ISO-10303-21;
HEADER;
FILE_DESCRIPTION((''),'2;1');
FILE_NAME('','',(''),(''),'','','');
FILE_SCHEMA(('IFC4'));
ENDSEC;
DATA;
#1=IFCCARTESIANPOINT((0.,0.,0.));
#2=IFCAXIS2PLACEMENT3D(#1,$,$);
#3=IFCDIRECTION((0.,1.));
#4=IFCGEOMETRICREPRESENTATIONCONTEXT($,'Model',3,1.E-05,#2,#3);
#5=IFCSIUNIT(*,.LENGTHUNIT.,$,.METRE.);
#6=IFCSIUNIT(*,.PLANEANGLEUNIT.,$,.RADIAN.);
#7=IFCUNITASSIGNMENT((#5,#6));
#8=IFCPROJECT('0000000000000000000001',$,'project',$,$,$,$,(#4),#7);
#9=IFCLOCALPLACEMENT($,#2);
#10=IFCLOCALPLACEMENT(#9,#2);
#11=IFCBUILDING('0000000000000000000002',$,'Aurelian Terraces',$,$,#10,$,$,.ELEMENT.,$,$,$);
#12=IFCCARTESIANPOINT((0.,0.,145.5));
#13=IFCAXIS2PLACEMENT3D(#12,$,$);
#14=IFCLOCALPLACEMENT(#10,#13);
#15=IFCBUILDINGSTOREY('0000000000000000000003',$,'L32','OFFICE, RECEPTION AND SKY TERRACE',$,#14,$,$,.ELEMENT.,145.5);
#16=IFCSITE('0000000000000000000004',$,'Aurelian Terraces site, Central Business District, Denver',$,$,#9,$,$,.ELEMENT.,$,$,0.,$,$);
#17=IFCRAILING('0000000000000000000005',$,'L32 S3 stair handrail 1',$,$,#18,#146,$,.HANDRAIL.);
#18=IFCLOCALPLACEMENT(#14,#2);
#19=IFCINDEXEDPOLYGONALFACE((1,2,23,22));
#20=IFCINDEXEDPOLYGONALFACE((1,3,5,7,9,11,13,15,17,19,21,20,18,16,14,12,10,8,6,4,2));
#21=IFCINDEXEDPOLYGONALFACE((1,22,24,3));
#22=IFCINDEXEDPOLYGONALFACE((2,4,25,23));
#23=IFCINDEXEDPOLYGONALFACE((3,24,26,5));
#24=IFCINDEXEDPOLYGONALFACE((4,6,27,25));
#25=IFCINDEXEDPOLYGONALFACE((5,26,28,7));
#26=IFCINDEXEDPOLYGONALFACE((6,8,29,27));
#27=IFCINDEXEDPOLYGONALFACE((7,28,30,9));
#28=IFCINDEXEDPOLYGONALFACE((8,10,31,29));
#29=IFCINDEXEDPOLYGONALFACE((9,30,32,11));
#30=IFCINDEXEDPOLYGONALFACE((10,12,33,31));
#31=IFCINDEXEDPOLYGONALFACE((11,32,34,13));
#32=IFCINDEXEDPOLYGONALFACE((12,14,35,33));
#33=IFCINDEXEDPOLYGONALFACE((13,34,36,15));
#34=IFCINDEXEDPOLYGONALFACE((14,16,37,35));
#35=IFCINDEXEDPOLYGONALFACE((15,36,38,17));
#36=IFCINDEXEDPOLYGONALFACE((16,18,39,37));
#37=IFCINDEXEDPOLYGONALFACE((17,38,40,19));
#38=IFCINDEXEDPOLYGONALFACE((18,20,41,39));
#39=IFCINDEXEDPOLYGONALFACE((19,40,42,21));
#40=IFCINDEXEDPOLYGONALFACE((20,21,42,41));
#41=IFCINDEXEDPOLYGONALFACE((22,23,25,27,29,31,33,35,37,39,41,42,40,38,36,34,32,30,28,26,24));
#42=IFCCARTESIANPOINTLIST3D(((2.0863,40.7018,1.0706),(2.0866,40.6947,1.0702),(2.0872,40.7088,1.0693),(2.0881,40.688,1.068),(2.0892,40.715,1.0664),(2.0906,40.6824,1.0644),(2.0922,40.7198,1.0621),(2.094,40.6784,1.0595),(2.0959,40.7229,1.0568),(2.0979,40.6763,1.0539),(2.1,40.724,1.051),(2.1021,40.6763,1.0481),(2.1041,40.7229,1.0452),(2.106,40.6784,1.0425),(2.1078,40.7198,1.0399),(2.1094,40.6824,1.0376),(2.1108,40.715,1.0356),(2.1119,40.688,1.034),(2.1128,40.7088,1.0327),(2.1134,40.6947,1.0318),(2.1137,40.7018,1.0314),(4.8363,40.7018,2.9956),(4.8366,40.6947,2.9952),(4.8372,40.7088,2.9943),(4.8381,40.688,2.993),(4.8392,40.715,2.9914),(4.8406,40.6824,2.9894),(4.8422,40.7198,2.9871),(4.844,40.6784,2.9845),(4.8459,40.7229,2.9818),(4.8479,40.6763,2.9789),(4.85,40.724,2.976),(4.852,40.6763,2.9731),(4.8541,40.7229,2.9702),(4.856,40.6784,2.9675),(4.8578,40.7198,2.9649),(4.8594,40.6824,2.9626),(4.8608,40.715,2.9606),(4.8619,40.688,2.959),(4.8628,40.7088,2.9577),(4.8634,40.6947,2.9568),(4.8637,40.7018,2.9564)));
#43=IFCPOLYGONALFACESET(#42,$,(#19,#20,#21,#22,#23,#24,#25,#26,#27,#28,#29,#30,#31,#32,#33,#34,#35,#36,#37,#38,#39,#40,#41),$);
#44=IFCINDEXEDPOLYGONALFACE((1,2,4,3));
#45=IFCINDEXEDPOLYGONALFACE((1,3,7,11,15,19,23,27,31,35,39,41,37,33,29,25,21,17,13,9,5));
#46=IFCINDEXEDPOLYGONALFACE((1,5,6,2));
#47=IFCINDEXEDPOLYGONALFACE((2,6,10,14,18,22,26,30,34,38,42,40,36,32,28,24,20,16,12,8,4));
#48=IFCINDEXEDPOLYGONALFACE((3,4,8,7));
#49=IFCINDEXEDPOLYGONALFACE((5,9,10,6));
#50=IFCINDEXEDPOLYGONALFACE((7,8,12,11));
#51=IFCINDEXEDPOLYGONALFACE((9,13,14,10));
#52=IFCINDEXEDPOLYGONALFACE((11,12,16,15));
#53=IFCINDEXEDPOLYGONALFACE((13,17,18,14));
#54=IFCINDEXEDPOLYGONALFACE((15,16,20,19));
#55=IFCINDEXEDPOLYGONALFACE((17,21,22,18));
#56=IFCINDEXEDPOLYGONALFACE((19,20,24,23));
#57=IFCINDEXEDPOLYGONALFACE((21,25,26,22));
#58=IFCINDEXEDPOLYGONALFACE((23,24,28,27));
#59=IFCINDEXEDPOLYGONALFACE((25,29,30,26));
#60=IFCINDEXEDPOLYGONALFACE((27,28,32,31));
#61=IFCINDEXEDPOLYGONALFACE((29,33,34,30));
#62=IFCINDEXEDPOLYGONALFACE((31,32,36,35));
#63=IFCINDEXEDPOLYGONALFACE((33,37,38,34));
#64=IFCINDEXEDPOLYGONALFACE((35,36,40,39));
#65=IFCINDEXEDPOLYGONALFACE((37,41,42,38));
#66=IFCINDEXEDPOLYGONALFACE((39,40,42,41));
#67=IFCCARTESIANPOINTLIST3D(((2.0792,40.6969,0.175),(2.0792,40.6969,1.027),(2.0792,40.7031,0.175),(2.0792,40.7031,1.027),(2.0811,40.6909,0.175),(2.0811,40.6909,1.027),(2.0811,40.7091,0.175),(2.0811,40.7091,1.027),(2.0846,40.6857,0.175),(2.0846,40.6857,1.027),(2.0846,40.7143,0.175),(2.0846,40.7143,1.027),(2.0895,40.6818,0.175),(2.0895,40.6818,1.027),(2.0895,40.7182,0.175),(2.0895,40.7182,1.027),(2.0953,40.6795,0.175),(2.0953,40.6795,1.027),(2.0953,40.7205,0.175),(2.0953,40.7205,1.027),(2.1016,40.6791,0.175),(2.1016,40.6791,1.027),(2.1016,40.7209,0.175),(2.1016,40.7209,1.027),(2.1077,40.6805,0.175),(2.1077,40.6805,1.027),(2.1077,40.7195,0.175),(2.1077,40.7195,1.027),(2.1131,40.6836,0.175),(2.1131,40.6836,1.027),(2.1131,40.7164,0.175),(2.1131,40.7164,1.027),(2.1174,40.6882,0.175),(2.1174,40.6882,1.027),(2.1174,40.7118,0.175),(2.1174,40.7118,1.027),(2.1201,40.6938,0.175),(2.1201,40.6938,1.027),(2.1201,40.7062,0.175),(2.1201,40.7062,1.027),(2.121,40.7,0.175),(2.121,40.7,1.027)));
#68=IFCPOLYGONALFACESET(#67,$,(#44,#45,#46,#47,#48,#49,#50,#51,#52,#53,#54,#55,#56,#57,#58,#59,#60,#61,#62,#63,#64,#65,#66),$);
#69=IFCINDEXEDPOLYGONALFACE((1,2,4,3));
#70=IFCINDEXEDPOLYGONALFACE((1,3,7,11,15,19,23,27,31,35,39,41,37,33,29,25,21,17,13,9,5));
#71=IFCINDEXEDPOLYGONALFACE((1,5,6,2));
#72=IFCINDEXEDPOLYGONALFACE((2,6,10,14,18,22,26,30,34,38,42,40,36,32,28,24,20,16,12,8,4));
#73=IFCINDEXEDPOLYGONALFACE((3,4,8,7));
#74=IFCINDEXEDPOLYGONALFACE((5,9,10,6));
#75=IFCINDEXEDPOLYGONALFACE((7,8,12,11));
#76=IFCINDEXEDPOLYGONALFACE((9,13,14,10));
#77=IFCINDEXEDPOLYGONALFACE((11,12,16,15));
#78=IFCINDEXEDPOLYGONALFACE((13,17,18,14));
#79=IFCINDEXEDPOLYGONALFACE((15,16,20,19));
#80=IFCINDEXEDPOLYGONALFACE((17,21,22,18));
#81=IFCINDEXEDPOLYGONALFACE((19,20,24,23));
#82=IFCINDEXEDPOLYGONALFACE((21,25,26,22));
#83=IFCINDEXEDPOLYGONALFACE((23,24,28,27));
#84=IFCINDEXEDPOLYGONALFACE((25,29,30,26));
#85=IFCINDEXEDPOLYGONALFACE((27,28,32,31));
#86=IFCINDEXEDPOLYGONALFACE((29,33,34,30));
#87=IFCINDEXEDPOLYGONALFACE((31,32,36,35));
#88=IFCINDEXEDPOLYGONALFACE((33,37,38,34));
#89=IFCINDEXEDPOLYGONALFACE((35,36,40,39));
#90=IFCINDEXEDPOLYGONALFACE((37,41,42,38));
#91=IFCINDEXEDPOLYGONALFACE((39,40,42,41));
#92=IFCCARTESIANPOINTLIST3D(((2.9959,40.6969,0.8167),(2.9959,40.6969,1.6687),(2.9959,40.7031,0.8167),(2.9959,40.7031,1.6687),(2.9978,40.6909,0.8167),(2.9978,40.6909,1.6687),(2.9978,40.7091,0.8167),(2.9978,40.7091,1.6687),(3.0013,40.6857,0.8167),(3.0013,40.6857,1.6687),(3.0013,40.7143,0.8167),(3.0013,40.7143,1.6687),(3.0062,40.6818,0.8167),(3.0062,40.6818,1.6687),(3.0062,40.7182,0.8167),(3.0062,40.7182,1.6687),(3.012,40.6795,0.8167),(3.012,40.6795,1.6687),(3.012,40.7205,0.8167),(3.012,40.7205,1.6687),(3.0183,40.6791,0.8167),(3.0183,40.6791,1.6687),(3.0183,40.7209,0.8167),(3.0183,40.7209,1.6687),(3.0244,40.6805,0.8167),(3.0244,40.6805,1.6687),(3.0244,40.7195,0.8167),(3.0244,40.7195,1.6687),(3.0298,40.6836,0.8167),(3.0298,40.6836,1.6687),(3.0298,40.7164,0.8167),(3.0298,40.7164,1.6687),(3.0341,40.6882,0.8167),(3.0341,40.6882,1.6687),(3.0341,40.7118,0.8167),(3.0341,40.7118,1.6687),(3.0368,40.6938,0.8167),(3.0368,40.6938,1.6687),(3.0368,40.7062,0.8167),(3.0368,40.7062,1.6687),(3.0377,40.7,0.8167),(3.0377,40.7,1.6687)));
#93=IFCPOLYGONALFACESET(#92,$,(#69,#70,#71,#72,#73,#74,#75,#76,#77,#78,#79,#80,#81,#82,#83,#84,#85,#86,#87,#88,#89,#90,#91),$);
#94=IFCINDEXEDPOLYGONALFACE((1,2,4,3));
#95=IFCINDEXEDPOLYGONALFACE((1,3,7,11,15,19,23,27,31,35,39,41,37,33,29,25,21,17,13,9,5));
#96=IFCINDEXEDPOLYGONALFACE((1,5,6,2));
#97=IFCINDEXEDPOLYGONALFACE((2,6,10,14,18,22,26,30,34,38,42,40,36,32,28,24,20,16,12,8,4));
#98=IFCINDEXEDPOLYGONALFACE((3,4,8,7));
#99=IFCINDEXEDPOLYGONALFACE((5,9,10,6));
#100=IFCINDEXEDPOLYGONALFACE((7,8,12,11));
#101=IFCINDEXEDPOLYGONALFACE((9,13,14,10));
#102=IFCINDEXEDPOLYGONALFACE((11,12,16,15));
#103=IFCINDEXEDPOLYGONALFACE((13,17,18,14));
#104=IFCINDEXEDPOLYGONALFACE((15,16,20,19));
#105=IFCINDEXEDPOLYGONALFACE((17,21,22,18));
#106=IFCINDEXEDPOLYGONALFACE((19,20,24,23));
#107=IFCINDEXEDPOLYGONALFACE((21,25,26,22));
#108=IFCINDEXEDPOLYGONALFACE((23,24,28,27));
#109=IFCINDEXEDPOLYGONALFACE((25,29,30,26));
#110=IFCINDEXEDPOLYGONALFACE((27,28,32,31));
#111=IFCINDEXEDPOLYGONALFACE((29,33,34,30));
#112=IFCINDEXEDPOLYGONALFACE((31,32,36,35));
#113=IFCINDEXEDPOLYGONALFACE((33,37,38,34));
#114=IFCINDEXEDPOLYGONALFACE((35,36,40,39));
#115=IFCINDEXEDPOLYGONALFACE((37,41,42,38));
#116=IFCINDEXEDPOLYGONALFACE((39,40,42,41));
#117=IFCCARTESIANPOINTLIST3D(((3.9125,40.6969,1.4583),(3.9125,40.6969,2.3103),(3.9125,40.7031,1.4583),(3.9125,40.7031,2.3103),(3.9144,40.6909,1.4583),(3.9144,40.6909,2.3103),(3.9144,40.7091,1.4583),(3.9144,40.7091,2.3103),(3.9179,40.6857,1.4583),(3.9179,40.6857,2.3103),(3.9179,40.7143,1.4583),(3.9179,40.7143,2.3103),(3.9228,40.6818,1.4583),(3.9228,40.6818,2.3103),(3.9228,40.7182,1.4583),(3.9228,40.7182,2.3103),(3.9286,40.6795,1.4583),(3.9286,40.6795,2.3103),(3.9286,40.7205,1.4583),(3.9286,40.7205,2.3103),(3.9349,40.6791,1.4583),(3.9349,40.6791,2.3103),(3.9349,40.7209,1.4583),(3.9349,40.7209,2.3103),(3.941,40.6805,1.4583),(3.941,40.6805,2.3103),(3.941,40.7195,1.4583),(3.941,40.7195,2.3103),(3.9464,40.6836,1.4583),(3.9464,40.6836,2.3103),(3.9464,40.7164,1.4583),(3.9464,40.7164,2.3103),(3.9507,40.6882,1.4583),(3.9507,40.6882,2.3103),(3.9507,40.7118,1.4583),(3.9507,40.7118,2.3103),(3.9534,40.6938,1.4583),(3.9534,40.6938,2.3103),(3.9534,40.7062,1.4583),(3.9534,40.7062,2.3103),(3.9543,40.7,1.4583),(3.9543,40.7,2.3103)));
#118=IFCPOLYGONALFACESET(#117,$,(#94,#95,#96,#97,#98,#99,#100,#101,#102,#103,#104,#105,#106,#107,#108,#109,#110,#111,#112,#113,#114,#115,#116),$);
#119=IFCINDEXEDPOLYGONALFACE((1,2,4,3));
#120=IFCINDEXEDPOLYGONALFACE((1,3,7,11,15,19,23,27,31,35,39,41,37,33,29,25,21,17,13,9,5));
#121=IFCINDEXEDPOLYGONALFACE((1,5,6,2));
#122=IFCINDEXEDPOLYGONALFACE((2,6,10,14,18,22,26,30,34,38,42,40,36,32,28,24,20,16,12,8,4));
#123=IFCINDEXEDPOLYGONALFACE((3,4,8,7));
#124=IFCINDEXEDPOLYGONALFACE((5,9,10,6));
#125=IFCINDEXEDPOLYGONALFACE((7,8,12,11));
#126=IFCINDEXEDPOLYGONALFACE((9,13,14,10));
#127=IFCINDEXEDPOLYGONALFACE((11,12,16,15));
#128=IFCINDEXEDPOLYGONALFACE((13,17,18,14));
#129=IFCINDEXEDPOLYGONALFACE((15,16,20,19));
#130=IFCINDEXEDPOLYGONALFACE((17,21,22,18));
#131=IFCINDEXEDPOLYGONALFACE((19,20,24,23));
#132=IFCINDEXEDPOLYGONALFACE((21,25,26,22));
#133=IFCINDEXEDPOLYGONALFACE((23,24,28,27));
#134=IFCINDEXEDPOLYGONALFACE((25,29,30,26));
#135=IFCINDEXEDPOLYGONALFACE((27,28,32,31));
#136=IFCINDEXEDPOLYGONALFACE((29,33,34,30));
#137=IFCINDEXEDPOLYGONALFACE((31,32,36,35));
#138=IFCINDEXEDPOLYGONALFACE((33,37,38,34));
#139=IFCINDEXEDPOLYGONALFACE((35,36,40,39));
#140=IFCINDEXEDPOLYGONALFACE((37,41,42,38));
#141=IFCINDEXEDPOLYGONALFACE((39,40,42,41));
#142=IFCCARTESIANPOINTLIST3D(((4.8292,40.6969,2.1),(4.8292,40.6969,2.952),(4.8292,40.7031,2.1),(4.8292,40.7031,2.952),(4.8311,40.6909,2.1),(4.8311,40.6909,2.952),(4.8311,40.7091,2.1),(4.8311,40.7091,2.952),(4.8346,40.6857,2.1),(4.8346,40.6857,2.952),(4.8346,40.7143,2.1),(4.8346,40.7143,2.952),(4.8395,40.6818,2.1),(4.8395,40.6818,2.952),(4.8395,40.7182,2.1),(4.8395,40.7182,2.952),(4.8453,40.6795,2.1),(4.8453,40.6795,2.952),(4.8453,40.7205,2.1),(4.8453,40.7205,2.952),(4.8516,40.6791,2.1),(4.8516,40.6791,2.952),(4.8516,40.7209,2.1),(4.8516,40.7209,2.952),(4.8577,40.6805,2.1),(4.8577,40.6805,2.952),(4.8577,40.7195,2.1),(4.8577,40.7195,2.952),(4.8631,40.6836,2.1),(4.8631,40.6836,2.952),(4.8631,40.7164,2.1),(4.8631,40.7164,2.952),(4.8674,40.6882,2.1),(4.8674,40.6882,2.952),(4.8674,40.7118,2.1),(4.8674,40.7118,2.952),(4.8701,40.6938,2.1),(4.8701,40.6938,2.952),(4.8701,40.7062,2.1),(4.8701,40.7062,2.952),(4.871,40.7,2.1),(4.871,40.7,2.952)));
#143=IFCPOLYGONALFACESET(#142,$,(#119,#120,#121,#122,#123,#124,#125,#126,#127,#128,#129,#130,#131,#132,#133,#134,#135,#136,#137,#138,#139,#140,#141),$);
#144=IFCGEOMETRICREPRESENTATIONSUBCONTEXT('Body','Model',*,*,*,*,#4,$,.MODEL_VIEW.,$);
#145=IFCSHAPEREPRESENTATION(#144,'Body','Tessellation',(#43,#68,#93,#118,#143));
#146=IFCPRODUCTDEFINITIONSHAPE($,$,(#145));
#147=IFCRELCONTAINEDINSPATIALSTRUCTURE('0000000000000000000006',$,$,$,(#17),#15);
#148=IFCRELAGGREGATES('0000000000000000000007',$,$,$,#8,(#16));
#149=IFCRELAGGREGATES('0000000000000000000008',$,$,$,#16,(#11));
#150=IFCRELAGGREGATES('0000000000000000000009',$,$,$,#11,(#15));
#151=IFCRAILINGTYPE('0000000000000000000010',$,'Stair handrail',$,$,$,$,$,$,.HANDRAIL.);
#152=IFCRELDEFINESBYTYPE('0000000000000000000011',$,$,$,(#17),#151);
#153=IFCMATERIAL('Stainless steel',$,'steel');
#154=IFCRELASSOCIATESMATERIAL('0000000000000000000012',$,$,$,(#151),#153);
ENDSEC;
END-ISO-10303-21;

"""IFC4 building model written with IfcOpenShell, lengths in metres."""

from ifc_helpers import new_model, si_unit, direction, frame, origin, origin_2d, place, context, subcontext, project, spatial, circle, extrude, source, transform, mapped, material, type_object, element, save


model = new_model("IFC4")

# Units and contexts
model_context = context("Model", 3, precision=1e-05, world=origin(), true_north=direction((0.0, 1.0)))
body_context = subcontext(model_context, "Body", "Model", "MODEL_VIEW")
ifc_project = project(units=[si_unit("LENGTHUNIT", "METRE"), si_unit("PLANEANGLEUNIT", "RADIAN")], contexts=[model_context])

# Site, building, storey
site_placement = place(None, origin())
site = spatial("IfcSite", under=ifc_project, at=site_placement, Name="Aurelian Terraces site, Central Business District, Denver", CompositionType="ELEMENT", RefElevation=0.0)
building_placement = place(site_placement, origin())
building = spatial("IfcBuilding", under=site, at=building_placement, Name="Aurelian Terraces", CompositionType="ELEMENT")
storey_placement = place(building_placement, frame((0.0, 0.0, 145.5)))
storey = spatial("IfcBuildingStorey", under=building, at=storey_placement, Name="L32", Description="OFFICE, RECEPTION AND SKY TERRACE", CompositionType="ELEMENT", Elevation=145.5)

# Railing
ifc_material_1 = material(Name="Stainless steel", Category="steel")
railing_type_1 = type_object("IfcRailingType", Name="Stair handrail", PredefinedType="HANDRAIL", material=ifc_material_1)
shared_shape_1 = source(origin(), body_context, "Body", "SweptSolid", [
    extrude(circle(Radius=0.024, at=origin_2d()), frame((0.0, 0.0, 0.876), z_axis=(0.819232, 0.0, 0.573462), x_axis=(0.0, 1.0, 0.0)), (0.0, 0.0, 1.0), 3.3568),
    extrude(circle(Radius=0.021, at=origin_2d()), origin(), (0.0, 0.0, 1.0), 0.852),
    extrude(circle(Radius=0.021, at=origin_2d()), frame((0.9167, 0.0, 0.6417)), (0.0, 0.0, 1.0), 0.852),
    extrude(circle(Radius=0.021, at=origin_2d()), frame((1.8333, 0.0, 1.2833)), (0.0, 0.0, 1.0), 0.852),
    extrude(circle(Radius=0.021, at=origin_2d()), frame((2.75, 0.0, 1.925)), (0.0, 0.0, 1.0), 0.852),
])
railing_1_placement = place(storey_placement, frame((2.1, 40.7, 0.175)))
element("IfcRailing", 1, at=railing_1_placement, inside=storey, type_object=railing_type_1, Name="L32 S3 stair handrail 1", PredefinedType="HANDRAIL", context=body_context, shape_type="MappedRepresentation", body=[
    mapped(shared_shape_1, transform((0.0, 0.0, 0.0), scale=1.0)),
])

save(model, "model.ifc")
